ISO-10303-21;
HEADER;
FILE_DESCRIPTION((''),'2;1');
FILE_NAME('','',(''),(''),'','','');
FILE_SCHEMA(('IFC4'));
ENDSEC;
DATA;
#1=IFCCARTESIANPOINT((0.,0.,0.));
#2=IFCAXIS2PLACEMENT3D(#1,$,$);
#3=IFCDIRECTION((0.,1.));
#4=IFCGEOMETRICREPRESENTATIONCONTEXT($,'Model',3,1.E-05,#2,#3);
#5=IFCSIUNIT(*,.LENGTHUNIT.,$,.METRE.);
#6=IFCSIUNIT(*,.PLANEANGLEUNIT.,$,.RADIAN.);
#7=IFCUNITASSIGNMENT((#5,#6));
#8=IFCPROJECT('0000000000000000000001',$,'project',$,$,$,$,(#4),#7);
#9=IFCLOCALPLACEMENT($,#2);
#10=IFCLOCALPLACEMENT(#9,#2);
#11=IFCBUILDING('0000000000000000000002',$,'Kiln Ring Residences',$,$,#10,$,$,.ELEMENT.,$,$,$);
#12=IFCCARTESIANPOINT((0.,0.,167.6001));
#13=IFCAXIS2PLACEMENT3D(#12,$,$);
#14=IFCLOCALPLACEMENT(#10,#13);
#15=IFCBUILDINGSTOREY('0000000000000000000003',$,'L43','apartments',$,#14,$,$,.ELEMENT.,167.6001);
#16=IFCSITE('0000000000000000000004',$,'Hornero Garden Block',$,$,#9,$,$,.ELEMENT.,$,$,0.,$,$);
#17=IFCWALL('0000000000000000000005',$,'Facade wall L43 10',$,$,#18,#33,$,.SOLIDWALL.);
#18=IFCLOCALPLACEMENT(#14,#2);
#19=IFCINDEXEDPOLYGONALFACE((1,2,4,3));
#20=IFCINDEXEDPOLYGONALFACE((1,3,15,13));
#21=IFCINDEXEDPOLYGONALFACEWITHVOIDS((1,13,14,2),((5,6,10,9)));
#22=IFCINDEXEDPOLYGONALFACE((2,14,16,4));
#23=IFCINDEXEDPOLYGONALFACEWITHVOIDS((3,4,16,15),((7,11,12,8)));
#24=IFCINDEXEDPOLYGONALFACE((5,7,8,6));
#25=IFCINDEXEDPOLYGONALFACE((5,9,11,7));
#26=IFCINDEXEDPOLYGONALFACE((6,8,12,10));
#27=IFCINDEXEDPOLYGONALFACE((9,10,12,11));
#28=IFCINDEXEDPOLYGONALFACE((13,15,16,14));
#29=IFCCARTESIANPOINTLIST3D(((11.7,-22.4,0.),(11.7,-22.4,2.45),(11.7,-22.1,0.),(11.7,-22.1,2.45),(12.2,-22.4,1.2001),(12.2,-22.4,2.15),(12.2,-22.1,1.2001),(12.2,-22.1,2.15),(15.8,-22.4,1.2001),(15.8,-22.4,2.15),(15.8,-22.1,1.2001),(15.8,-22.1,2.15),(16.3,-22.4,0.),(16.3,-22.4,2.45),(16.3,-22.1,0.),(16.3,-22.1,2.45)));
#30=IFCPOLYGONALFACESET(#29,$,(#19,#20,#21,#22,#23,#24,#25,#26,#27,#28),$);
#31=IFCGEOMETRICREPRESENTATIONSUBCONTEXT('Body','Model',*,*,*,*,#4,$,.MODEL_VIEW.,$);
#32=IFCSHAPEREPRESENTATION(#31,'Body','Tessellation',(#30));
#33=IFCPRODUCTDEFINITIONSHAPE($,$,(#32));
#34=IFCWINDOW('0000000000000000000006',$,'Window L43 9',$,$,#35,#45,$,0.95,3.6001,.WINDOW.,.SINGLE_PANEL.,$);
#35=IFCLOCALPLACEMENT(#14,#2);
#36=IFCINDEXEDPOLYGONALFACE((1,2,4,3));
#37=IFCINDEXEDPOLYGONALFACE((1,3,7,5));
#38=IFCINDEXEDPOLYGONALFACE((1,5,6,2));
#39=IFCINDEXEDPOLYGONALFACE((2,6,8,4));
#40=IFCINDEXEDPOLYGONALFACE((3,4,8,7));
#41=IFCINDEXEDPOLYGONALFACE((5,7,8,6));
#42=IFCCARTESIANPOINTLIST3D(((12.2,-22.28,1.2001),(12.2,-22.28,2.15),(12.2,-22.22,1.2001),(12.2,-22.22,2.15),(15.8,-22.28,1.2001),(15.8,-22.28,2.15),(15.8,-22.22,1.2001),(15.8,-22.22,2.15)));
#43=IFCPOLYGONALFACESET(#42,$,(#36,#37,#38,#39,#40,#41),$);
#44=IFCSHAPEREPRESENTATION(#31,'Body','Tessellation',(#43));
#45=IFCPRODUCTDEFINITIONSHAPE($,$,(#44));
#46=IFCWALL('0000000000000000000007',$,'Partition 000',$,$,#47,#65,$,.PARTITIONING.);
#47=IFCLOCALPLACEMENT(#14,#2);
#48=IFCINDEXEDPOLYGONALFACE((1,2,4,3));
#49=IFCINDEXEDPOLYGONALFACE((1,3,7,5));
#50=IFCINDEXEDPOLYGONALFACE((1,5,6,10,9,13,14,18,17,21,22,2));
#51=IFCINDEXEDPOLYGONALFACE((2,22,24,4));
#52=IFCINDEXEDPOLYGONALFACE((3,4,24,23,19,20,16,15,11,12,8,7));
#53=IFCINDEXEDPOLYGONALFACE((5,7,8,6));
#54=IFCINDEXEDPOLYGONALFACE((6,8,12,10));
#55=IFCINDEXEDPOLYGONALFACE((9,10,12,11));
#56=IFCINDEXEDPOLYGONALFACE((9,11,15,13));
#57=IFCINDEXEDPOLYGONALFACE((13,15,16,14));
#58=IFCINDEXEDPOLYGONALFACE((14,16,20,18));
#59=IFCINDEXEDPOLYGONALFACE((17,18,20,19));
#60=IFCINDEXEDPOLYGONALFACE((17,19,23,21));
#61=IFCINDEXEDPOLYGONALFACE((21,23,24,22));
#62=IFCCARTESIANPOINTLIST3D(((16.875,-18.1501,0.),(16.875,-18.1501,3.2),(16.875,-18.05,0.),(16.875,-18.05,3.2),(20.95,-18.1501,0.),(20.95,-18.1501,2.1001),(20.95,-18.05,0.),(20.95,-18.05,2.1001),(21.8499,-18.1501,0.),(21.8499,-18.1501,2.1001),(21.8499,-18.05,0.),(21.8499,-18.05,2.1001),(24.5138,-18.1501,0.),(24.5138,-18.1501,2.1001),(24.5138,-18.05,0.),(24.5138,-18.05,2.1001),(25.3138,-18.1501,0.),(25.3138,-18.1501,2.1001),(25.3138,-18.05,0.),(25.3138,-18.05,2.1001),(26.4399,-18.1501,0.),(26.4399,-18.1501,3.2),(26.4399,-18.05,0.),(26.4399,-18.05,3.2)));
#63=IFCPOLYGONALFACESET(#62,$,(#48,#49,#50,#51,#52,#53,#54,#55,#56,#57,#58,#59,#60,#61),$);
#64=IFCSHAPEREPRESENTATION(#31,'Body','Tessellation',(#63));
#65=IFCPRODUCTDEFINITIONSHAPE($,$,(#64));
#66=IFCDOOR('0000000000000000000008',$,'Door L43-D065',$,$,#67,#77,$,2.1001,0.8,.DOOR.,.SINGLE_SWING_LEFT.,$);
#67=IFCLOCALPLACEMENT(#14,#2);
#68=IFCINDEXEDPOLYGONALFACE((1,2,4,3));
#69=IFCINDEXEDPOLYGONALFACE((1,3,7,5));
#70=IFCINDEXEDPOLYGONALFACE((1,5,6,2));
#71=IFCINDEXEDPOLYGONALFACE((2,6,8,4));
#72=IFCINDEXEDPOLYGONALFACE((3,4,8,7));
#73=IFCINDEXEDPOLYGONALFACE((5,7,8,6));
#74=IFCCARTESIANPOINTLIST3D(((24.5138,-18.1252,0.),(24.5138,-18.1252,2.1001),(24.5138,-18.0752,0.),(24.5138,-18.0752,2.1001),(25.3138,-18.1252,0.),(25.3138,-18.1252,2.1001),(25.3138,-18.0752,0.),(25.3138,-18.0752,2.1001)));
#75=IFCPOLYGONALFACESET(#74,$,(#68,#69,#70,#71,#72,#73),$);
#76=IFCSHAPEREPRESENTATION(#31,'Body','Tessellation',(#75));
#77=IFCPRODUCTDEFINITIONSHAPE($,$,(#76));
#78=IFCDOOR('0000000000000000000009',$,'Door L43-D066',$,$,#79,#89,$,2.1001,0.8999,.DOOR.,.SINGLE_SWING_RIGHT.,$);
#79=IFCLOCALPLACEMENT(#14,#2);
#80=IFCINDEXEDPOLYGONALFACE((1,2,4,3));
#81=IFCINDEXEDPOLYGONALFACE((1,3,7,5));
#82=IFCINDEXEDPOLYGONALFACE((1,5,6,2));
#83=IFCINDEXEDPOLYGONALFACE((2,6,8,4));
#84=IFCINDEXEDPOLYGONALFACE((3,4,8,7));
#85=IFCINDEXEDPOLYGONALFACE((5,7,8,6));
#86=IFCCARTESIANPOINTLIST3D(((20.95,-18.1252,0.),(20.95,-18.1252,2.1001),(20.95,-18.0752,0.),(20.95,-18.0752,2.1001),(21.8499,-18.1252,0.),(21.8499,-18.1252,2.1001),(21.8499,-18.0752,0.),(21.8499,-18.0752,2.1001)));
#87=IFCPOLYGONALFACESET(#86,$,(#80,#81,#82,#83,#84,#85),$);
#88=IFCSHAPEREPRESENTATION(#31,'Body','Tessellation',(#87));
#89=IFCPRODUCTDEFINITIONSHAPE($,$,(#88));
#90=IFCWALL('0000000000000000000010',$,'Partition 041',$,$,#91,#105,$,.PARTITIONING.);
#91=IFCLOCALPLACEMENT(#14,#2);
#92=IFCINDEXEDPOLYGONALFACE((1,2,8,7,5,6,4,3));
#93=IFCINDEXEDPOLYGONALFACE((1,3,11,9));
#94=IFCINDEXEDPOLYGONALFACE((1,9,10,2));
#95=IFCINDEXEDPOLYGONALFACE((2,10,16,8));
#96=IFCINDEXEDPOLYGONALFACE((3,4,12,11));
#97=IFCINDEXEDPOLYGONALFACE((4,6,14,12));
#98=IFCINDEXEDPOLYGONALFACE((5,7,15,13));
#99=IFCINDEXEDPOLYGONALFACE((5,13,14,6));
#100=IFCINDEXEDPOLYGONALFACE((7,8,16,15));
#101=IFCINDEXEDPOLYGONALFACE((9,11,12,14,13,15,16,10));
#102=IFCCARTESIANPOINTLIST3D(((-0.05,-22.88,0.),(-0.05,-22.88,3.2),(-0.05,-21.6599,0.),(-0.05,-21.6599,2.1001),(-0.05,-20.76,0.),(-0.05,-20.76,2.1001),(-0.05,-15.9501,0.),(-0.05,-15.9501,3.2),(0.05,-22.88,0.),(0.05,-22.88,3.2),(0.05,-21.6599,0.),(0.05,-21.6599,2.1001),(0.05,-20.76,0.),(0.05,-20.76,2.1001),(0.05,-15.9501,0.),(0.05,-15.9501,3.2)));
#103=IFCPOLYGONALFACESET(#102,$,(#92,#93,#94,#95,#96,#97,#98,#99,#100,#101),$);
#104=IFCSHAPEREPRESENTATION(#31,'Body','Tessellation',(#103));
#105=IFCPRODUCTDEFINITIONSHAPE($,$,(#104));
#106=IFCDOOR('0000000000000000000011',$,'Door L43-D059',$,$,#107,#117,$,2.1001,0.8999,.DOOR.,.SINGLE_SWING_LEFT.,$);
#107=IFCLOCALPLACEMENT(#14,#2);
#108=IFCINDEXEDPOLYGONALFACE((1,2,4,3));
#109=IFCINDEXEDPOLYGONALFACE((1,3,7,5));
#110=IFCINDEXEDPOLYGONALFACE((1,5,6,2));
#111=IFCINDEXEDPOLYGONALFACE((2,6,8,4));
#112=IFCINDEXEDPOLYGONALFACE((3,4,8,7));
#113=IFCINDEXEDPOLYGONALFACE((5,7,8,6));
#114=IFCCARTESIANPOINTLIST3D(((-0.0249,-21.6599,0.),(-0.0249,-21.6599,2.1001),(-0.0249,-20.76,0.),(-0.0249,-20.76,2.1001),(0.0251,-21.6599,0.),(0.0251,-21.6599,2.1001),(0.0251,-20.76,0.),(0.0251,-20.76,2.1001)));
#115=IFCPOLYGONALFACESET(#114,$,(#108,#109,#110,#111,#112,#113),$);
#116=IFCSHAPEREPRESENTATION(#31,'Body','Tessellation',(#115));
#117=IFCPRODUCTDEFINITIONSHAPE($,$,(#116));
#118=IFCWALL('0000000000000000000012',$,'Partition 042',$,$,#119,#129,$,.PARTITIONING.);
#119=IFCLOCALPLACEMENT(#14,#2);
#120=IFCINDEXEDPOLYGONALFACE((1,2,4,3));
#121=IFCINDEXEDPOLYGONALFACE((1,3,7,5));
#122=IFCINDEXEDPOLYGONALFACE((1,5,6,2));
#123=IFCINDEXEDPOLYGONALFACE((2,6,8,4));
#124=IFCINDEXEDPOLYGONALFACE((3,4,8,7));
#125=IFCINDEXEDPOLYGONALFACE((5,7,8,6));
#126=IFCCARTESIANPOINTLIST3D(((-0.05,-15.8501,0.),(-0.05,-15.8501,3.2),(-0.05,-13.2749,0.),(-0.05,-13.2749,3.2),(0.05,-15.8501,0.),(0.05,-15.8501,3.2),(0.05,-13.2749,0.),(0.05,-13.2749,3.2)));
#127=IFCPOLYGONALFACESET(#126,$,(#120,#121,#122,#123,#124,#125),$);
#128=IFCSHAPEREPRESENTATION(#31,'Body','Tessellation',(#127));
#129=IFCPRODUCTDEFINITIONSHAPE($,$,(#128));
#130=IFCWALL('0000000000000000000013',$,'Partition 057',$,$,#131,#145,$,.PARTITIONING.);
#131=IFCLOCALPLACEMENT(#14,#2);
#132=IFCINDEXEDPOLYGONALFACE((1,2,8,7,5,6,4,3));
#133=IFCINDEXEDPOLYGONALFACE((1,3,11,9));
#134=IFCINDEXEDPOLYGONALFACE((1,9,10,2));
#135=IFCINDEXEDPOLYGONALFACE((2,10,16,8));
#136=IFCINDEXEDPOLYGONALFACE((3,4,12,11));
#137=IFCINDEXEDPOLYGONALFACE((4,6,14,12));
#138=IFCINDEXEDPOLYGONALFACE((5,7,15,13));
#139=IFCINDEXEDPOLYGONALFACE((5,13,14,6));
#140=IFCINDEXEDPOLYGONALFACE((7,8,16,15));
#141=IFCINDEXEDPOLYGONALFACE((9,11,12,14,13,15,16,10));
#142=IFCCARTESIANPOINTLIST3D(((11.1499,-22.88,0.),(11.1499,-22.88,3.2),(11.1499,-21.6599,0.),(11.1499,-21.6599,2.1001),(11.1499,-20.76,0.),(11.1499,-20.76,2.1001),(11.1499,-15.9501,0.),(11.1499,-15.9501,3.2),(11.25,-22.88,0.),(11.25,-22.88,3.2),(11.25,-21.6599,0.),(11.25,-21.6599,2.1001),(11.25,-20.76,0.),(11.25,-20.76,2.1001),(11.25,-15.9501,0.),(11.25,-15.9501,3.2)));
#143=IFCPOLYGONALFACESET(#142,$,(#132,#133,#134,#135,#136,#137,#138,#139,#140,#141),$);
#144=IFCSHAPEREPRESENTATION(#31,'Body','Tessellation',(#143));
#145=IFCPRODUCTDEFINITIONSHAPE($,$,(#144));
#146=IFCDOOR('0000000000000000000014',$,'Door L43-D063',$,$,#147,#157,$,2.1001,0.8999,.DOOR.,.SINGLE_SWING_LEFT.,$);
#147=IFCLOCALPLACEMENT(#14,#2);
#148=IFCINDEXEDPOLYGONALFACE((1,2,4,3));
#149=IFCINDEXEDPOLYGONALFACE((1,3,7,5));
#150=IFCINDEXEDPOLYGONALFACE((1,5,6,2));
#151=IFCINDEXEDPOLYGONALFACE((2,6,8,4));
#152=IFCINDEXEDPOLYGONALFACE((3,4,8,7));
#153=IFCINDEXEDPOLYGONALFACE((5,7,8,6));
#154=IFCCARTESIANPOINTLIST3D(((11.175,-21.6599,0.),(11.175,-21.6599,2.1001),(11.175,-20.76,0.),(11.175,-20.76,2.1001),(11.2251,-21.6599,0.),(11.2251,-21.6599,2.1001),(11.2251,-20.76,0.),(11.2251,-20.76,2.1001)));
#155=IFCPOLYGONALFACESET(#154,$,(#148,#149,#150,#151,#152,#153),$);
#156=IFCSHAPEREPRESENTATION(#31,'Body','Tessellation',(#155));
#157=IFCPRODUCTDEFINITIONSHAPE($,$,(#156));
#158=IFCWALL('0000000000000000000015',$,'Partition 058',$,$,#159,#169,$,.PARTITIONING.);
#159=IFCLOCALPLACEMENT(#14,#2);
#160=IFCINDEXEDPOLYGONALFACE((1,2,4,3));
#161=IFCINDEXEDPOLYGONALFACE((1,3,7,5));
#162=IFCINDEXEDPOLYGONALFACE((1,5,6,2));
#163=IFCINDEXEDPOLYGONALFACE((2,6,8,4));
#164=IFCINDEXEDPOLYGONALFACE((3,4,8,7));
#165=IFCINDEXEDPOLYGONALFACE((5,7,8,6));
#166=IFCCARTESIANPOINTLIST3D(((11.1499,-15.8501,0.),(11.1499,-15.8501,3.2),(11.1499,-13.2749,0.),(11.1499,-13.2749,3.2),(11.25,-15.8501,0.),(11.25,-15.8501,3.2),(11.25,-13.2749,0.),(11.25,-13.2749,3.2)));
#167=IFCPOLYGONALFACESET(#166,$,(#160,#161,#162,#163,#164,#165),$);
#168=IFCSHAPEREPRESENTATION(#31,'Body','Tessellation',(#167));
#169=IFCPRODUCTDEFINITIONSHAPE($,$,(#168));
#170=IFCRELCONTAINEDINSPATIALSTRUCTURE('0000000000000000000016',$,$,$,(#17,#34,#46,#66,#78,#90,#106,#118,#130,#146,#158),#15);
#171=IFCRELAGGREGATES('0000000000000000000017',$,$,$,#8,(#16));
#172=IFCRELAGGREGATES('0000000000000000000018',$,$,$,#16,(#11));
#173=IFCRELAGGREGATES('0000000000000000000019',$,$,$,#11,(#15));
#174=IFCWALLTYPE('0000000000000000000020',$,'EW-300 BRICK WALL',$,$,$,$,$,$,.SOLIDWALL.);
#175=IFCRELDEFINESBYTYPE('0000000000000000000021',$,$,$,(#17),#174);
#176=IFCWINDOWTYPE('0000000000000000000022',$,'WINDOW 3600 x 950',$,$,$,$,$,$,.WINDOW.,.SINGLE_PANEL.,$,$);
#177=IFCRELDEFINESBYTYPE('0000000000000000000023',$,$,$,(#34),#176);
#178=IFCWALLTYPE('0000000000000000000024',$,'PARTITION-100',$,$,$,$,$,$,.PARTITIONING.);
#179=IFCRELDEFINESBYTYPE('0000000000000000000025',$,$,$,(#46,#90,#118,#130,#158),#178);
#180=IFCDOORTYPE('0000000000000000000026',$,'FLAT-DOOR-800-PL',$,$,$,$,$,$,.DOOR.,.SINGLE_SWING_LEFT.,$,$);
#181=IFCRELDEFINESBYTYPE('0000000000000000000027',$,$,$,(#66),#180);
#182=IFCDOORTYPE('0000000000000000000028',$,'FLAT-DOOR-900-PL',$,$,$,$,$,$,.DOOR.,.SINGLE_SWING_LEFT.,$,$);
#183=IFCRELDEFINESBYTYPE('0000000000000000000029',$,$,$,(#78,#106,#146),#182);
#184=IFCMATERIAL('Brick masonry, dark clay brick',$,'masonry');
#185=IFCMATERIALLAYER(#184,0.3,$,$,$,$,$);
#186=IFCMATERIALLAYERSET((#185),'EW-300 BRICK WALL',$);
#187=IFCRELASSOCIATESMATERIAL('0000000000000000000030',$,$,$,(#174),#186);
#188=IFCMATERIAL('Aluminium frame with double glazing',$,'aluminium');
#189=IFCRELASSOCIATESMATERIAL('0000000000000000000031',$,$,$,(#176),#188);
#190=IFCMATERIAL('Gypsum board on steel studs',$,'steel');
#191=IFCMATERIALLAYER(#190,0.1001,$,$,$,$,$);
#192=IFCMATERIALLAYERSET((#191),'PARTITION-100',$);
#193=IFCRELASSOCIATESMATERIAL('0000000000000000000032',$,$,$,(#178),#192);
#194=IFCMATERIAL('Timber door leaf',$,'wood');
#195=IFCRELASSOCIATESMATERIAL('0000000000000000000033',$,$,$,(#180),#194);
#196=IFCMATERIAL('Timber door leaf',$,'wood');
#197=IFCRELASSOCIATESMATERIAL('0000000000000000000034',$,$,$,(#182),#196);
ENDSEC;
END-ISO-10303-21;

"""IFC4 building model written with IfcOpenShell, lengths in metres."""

from ifc_helpers import new_model, si_unit, direction, frame, frame_2d, origin, place, context, subcontext, project, spatial, rectangle, extrude, material, layer, layer_set, type_object, element, fill, save


model = new_model("IFC4")

# Units and contexts
model_context = context("Model", 3, precision=1e-05, world=origin(), true_north=direction((0.0, 1.0)))
body_context = subcontext(model_context, "Body", "Model", "MODEL_VIEW")
ifc_project = project(units=[si_unit("LENGTHUNIT", "METRE"), si_unit("PLANEANGLEUNIT", "RADIAN")], contexts=[model_context])

# Site, building, storey
site_placement = place(None, origin())
site = spatial("IfcSite", under=ifc_project, at=site_placement, Name="Hornero Garden Block", CompositionType="ELEMENT", RefElevation=0.0)
building_placement = place(site_placement, origin())
building = spatial("IfcBuilding", under=site, at=building_placement, Name="Kiln Ring Residences", CompositionType="ELEMENT")
storey_placement = place(building_placement, frame((0.0, 0.0, 167.6001)))
storey = spatial("IfcBuildingStorey", under=building, at=storey_placement, Name="L43", Description="apartments", CompositionType="ELEMENT", Elevation=167.6001)

# Wall, opening, window
ifc_material_1 = material(Name="Brick masonry, dark clay brick", Category="masonry")
ifc_layer_1 = layer(ifc_material_1, 0.3)
ifc_layer_set_1 = layer_set([ifc_layer_1], Name="EW-300 BRICK WALL")
wall_type_1 = type_object("IfcWallType", Name="EW-300 BRICK WALL", PredefinedType="SOLIDWALL", material=ifc_layer_set_1)
ifc_material_2 = material(Name="Aluminium frame with double glazing", Category="aluminium")
window_type = type_object("IfcWindowType", Name="WINDOW 3600 x 950", PartitioningType="SINGLE_PANEL", PredefinedType="WINDOW", material=ifc_material_2)
wall_1_placement = place(storey_placement, frame((11.7, -22.25, 0.0), z_axis=(0.0, 0.0, 1.0), x_axis=(1.0, 0.0, 0.0)))
wall_1 = element("IfcWall", 1, at=wall_1_placement, inside=storey, type_object=wall_type_1, Name="Facade wall L43 10", PredefinedType="SOLIDWALL", context=body_context, shape_type="SweptSolid", body=[
    extrude(rectangle(XDim=4.6001, YDim=0.3, at=frame_2d((2.3, 0.0))), origin(), (0.0, 0.0, 1.0), 2.45),
])
opening_1_placement = place(wall_1_placement, frame((0.5, 0.0, 1.2)))
opening_1 = element("IfcOpeningElement", 2, at=opening_1_placement, cuts=wall_1, PredefinedType="OPENING", context=body_context, shape_type="SweptSolid", body=[
    extrude(rectangle(XDim=3.6001, YDim=0.95, at=frame_2d((1.8, 0.4751))), frame((0.0, 0.1599, 0.0), z_axis=(0.0, -1.0, 0.0), x_axis=(1.0, 0.0, 0.0)), (0.0, 0.0, 1.0), 0.3201),
])
window_1_placement = place(opening_1_placement, origin())
window_1 = element("IfcWindow", 3, at=window_1_placement, inside=storey, type_object=window_type, Name="Window L43 9", OverallHeight=0.95, OverallWidth=3.6001, PartitioningType="SINGLE_PANEL", PredefinedType="WINDOW", context=body_context, shape_type="SweptSolid", body=[
    extrude(rectangle(XDim=3.6001, YDim=0.95, at=frame_2d((1.8, 0.4751))), frame((0.0, 0.03, 0.0), z_axis=(0.0, -1.0, 0.0), x_axis=(1.0, 0.0, 0.0)), (0.0, 0.0, 1.0), 0.0601),
])
fill(opening_1, window_1)

# Wall, openings, doors
ifc_material_3 = material(Name="Gypsum board on steel studs", Category="steel")
ifc_layer_2 = layer(ifc_material_3, 0.1001)
ifc_layer_set_2 = layer_set([ifc_layer_2], Name="PARTITION-100")
wall_type_2 = type_object("IfcWallType", Name="PARTITION-100", PredefinedType="PARTITIONING", material=ifc_layer_set_2)
wall_2_placement = place(storey_placement, frame((16.875, -18.1001, 0.0), z_axis=(0.0, 0.0, 1.0), x_axis=(1.0, 0.0, 0.0)))
wall_2 = element("IfcWall", 4, at=wall_2_placement, inside=storey, type_object=wall_type_2, Name="Partition 000", PredefinedType="PARTITIONING", context=body_context, shape_type="SweptSolid", body=[
    extrude(rectangle(XDim=9.5649, YDim=0.1001, at=frame_2d((4.7825, 0.0))), origin(), (0.0, 0.0, 1.0), 3.2),
])
opening_2_placement = place(wall_2_placement, frame((7.6389, 0.0, 0.0)))
opening_2 = element("IfcOpeningElement", 5, at=opening_2_placement, cuts=wall_2, PredefinedType="OPENING", context=body_context, shape_type="SweptSolid", body=[
    extrude(rectangle(XDim=0.8, YDim=2.1001, at=frame_2d((0.3999, 1.05))), frame((0.0, 0.0601, 0.0), z_axis=(0.0, -1.0, 0.0), x_axis=(1.0, 0.0, 0.0)), (0.0, 0.0, 1.0), 0.1201),
])
opening_3_placement = place(wall_2_placement, frame((4.075, 0.0, 0.0)))
opening_3 = element("IfcOpeningElement", 6, at=opening_3_placement, cuts=wall_2, PredefinedType="OPENING", context=body_context, shape_type="SweptSolid", body=[
    extrude(rectangle(XDim=0.8999, YDim=2.1001, at=frame_2d((0.45, 1.05))), frame((0.0, 0.0601, 0.0), z_axis=(0.0, -1.0, 0.0), x_axis=(1.0, 0.0, 0.0)), (0.0, 0.0, 1.0), 0.1201),
])
ifc_material_4 = material(Name="Timber door leaf", Category="wood")
door_type_1 = type_object("IfcDoorType", Name="FLAT-DOOR-800-PL", OperationType="SINGLE_SWING_LEFT", PredefinedType="DOOR", material=ifc_material_4)
door_1_placement = place(opening_2_placement, origin())
door_1 = element("IfcDoor", 7, at=door_1_placement, inside=storey, type_object=door_type_1, Name="Door L43-D065", OperationType="SINGLE_SWING_LEFT", OverallHeight=2.1001, OverallWidth=0.8, PredefinedType="DOOR", context=body_context, shape_type="SweptSolid", body=[
    extrude(rectangle(XDim=0.8, YDim=2.1001, at=frame_2d((0.3999, 1.05))), frame((0.0, 0.0249, 0.0), z_axis=(0.0, -1.0, 0.0), x_axis=(1.0, 0.0, 0.0)), (0.0, 0.0, 1.0), 0.05),
])
fill(opening_2, door_1)
ifc_material_5 = material(Name="Timber door leaf", Category="wood")
door_type_2 = type_object("IfcDoorType", Name="FLAT-DOOR-900-PL", OperationType="SINGLE_SWING_LEFT", PredefinedType="DOOR", material=ifc_material_5)
door_2_placement = place(opening_3_placement, origin())
door_2 = element("IfcDoor", 8, at=door_2_placement, inside=storey, type_object=door_type_2, Name="Door L43-D066", OperationType="SINGLE_SWING_RIGHT", OverallHeight=2.1001, OverallWidth=0.8999, PredefinedType="DOOR", context=body_context, shape_type="SweptSolid", body=[
    extrude(rectangle(XDim=0.8999, YDim=2.1001, at=frame_2d((0.45, 1.05))), frame((0.0, 0.0249, 0.0), z_axis=(0.0, -1.0, 0.0), x_axis=(1.0, 0.0, 0.0)), (0.0, 0.0, 1.0), 0.05),
])
fill(opening_3, door_2)

# Wall, opening, door
wall_3_placement = place(storey_placement, frame((0.0, -22.8799, 0.0), z_axis=(0.0, 0.0, 1.0), x_axis=(0.0, 1.0, 0.0)))
wall_3 = element("IfcWall", 9, at=wall_3_placement, inside=storey, type_object=wall_type_2, Name="Partition 041", PredefinedType="PARTITIONING", context=body_context, shape_type="SweptSolid", body=[
    extrude(rectangle(XDim=6.9299, YDim=0.1001, at=frame_2d((3.4648, 0.0))), origin(), (0.0, 0.0, 1.0), 3.2),
])
opening_4_placement = place(wall_3_placement, frame((1.22, 0.0, 0.0)))
opening_4 = element("IfcOpeningElement", 10, at=opening_4_placement, cuts=wall_3, PredefinedType="OPENING", context=body_context, shape_type="SweptSolid", body=[
    extrude(rectangle(XDim=0.8999, YDim=2.1001, at=frame_2d((0.45, 1.05))), frame((0.0, 0.0601, 0.0), z_axis=(0.0, -1.0, 0.0), x_axis=(1.0, 0.0, 0.0)), (0.0, 0.0, 1.0), 0.1201),
])
door_3_placement = place(opening_4_placement, origin())
door_3 = element("IfcDoor", 11, at=door_3_placement, inside=storey, type_object=door_type_2, Name="Door L43-D059", OperationType="SINGLE_SWING_LEFT", OverallHeight=2.1001, OverallWidth=0.8999, PredefinedType="DOOR", context=body_context, shape_type="SweptSolid", body=[
    extrude(rectangle(XDim=0.8999, YDim=2.1001, at=frame_2d((0.45, 1.05))), frame((0.0, 0.0249, 0.0), z_axis=(0.0, -1.0, 0.0), x_axis=(1.0, 0.0, 0.0)), (0.0, 0.0, 1.0), 0.05),
])
fill(opening_4, door_3)

# Wall
wall_4_placement = place(storey_placement, frame((0.0, -15.8501, 0.0), z_axis=(0.0, 0.0, 1.0), x_axis=(0.0, 1.0, 0.0)))
element("IfcWall", 12, at=wall_4_placement, inside=storey, type_object=wall_type_2, Name="Partition 042", PredefinedType="PARTITIONING", context=body_context, shape_type="SweptSolid", body=[
    extrude(rectangle(XDim=2.5752, YDim=0.1001, at=frame_2d((1.2876, 0.0))), origin(), (0.0, 0.0, 1.0), 3.2),
])

# Wall, opening, door
wall_5_placement = place(storey_placement, frame((11.2, -22.8799, 0.0), z_axis=(0.0, 0.0, 1.0), x_axis=(0.0, 1.0, 0.0)))
wall_5 = element("IfcWall", 13, at=wall_5_placement, inside=storey, type_object=wall_type_2, Name="Partition 057", PredefinedType="PARTITIONING", context=body_context, shape_type="SweptSolid", body=[
    extrude(rectangle(XDim=6.9299, YDim=0.1001, at=frame_2d((3.4648, 0.0))), origin(), (0.0, 0.0, 1.0), 3.2),
])
opening_5_placement = place(wall_5_placement, frame((1.22, 0.0, 0.0)))
opening_5 = element("IfcOpeningElement", 14, at=opening_5_placement, cuts=wall_5, PredefinedType="OPENING", context=body_context, shape_type="SweptSolid", body=[
    extrude(rectangle(XDim=0.8999, YDim=2.1001, at=frame_2d((0.45, 1.05))), frame((0.0, 0.0601, 0.0), z_axis=(0.0, -1.0, 0.0), x_axis=(1.0, 0.0, 0.0)), (0.0, 0.0, 1.0), 0.1201),
])
door_4_placement = place(opening_5_placement, origin())
door_4 = element("IfcDoor", 15, at=door_4_placement, inside=storey, type_object=door_type_2, Name="Door L43-D063", OperationType="SINGLE_SWING_LEFT", OverallHeight=2.1001, OverallWidth=0.8999, PredefinedType="DOOR", context=body_context, shape_type="SweptSolid", body=[
    extrude(rectangle(XDim=0.8999, YDim=2.1001, at=frame_2d((0.45, 1.05))), frame((0.0, 0.0249, 0.0), z_axis=(0.0, -1.0, 0.0), x_axis=(1.0, 0.0, 0.0)), (0.0, 0.0, 1.0), 0.05),
])
fill(opening_5, door_4)

# Wall
wall_6_placement = place(storey_placement, frame((11.2, -15.8501, 0.0), z_axis=(0.0, 0.0, 1.0), x_axis=(0.0, 1.0, 0.0)))
element("IfcWall", 16, at=wall_6_placement, inside=storey, type_object=wall_type_2, Name="Partition 058", PredefinedType="PARTITIONING", context=body_context, shape_type="SweptSolid", body=[
    extrude(rectangle(XDim=2.5752, YDim=0.1001, at=frame_2d((1.2876, 0.0))), origin(), (0.0, 0.0, 1.0), 3.2),
])

save(model, "model.ifc")
